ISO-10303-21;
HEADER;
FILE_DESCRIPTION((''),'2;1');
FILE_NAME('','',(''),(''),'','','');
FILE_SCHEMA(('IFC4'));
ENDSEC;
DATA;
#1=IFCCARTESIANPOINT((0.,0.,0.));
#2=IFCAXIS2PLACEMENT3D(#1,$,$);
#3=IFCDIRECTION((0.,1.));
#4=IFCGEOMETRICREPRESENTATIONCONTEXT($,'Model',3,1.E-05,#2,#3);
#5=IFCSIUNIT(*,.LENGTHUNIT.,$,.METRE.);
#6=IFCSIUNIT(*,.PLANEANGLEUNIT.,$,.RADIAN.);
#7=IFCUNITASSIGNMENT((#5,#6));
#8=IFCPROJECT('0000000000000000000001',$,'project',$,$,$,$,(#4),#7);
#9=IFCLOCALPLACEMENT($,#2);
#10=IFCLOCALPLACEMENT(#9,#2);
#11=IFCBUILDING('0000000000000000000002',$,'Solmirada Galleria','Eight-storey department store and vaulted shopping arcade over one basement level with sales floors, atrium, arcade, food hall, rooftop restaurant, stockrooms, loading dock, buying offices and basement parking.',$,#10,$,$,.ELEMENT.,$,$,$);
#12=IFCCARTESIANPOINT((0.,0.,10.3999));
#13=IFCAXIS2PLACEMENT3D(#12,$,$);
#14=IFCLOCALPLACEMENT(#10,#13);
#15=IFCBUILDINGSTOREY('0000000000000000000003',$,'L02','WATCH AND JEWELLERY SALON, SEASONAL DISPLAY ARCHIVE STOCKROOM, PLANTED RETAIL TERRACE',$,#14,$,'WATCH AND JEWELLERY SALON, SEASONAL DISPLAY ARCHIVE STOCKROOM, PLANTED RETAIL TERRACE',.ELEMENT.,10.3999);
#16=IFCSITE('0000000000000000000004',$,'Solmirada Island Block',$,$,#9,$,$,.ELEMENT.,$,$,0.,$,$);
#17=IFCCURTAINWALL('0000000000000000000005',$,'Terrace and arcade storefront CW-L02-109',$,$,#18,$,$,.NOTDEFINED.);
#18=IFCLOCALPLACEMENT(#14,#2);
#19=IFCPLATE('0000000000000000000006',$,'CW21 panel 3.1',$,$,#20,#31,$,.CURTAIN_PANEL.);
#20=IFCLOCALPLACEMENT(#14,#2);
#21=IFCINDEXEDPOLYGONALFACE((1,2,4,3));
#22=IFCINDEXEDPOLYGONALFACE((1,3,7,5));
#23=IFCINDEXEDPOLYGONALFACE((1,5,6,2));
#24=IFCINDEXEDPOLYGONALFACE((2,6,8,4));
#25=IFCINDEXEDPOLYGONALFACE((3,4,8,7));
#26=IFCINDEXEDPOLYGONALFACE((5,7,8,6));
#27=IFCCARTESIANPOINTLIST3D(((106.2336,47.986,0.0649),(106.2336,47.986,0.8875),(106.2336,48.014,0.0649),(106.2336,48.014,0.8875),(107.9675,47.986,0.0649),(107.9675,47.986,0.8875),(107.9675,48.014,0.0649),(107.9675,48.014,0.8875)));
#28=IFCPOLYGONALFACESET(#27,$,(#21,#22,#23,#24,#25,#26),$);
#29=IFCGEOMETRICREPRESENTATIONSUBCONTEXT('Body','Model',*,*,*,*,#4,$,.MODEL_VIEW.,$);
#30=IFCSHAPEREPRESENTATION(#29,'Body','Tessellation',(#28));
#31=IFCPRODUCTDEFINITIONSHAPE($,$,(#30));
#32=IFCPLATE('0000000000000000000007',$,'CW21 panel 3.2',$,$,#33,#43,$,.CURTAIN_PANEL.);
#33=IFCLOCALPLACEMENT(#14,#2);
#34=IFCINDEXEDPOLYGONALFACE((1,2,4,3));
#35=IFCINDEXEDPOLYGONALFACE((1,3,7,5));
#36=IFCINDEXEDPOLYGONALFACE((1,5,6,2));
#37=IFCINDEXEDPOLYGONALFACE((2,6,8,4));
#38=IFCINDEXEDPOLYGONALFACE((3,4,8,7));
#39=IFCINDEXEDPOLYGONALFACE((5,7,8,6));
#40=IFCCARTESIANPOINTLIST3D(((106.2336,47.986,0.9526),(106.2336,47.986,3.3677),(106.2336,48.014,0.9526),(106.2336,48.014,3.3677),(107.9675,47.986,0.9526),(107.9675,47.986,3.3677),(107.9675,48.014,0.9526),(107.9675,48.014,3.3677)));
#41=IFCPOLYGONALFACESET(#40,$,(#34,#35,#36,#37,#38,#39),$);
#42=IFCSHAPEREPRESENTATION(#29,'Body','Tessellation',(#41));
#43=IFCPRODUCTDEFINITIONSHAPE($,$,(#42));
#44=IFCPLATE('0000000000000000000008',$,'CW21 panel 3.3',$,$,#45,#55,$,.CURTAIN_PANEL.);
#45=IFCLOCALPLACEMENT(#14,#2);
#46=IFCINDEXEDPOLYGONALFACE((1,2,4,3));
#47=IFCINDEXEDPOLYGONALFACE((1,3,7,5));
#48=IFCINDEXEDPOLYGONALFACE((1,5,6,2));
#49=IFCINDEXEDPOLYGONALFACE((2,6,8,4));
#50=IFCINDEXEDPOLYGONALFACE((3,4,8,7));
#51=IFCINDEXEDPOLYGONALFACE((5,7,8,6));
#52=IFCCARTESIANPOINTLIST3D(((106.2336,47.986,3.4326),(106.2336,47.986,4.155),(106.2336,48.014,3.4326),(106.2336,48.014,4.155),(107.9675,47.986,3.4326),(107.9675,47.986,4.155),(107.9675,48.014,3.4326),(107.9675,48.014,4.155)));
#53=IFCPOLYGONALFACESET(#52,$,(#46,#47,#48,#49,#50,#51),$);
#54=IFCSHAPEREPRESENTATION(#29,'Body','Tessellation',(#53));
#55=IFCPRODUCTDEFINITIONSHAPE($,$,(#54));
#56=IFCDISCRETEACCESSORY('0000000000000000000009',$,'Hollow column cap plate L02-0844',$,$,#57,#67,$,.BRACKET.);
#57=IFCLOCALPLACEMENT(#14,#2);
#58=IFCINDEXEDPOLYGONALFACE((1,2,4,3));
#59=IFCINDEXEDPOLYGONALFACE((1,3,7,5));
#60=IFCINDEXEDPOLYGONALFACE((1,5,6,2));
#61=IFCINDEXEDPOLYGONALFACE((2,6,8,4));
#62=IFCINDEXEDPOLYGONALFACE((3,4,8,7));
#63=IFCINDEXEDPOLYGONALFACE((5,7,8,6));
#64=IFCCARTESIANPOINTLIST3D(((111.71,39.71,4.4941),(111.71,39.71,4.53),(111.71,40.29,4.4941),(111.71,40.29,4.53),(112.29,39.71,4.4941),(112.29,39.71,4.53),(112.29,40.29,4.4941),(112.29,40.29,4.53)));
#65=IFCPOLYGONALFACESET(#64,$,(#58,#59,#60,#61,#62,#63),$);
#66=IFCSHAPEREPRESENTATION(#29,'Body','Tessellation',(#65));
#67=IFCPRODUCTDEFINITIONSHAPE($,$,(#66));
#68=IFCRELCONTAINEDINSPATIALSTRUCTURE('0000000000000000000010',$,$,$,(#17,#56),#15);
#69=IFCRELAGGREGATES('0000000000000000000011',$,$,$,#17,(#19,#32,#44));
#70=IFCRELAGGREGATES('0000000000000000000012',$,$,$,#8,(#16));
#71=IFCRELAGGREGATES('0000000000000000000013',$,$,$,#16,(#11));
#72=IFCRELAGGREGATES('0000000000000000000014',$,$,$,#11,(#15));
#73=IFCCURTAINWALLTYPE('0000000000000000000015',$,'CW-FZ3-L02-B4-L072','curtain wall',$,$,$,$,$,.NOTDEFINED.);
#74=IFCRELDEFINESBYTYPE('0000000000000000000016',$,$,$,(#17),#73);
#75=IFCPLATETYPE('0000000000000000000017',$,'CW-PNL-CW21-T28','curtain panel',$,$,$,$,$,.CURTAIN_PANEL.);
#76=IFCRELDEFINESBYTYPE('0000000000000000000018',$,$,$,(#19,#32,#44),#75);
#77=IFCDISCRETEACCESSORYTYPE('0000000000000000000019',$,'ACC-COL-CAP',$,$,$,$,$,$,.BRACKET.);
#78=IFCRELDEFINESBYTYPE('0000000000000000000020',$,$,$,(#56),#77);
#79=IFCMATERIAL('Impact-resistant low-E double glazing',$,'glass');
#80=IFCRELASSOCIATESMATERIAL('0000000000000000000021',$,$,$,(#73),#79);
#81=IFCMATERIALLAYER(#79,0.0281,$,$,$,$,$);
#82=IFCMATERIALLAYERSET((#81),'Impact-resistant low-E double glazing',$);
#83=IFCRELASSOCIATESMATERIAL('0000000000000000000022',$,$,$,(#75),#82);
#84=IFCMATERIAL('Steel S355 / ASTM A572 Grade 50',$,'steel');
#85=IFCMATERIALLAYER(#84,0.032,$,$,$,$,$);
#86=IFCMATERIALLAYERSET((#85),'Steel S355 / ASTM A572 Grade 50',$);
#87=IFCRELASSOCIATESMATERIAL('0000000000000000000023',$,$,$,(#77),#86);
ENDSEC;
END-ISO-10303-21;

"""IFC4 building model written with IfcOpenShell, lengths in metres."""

from ifc_helpers import new_model, si_unit, direction, frame, origin, origin_2d, place, context, subcontext, project, spatial, rectangle, extrude, material, layer, layer_set, type_object, element, aggregate, save


model = new_model("IFC4")

# Units and contexts
model_context = context("Model", 3, precision=1e-05, world=origin(), true_north=direction((0.0, 1.0)))
body_context = subcontext(model_context, "Body", "Model", "MODEL_VIEW")
ifc_project = project(units=[si_unit("LENGTHUNIT", "METRE"), si_unit("PLANEANGLEUNIT", "RADIAN")], contexts=[model_context])

# Site, building, storey
site_placement = place(None, origin())
site = spatial("IfcSite", under=ifc_project, at=site_placement, Name="Solmirada Island Block", CompositionType="ELEMENT", RefElevation=0.0)
building_placement = place(site_placement, origin())
building = spatial("IfcBuilding", under=site, at=building_placement, Name="Solmirada Galleria", Description="Eight-storey department store and vaulted shopping arcade over one basement level with sales floors, atrium, arcade, food hall, rooftop restaurant, stockrooms, loading dock, buying offices and basement parking.", CompositionType="ELEMENT")
storey_placement = place(building_placement, frame((0.0, 0.0, 10.3999)))
storey = spatial("IfcBuildingStorey", under=building, at=storey_placement, Name="L02", Description="WATCH AND JEWELLERY SALON, SEASONAL DISPLAY ARCHIVE STOCKROOM, PLANTED RETAIL TERRACE", LongName="WATCH AND JEWELLERY SALON, SEASONAL DISPLAY ARCHIVE STOCKROOM, PLANTED RETAIL TERRACE", CompositionType="ELEMENT", Elevation=10.3999)

# Curtain wall
ifc_material_1 = material(Name="Impact-resistant low-E double glazing", Category="glass")
curtain_wall_type = type_object("IfcCurtainWallType", Name="CW-FZ3-L02-B4-L072", Description="curtain wall", PredefinedType="NOTDEFINED", material=ifc_material_1)
curtain_wall_1_placement = place(storey_placement, origin())
curtain_wall_1 = element("IfcCurtainWall", 1, at=curtain_wall_1_placement, inside=storey, type_object=curtain_wall_type, Name="Terrace and arcade storefront CW-L02-109", PredefinedType="NOTDEFINED")

# Plates
ifc_layer_1 = layer(ifc_material_1, 0.0281)
ifc_layer_set_1 = layer_set([ifc_layer_1], Name="Impact-resistant low-E double glazing")
plate_type = type_object("IfcPlateType", Name="CW-PNL-CW21-T28", Description="curtain panel", PredefinedType="CURTAIN_PANEL", material=ifc_layer_set_1)
plate_1_placement = place(storey_placement, frame((107.1006, 48.0, 0.0649), z_axis=(0.0, 0.0, 1.0), x_axis=(-1.0, 0.0, 0.0)))
plate_1 = element("IfcPlate", 2, at=plate_1_placement, type_object=plate_type, Name="CW21 panel 3.1", PredefinedType="CURTAIN_PANEL", context=body_context, shape_type="SweptSolid", body=[
    extrude(rectangle(XDim=1.7339, YDim=0.0281, at=origin_2d()), origin(), (0.0, 0.0, 1.0), 0.8225),
])
plate_2_placement = place(storey_placement, frame((107.1006, 48.0, 0.9526), z_axis=(0.0, 0.0, 1.0), x_axis=(-1.0, 0.0, 0.0)))
plate_2 = element("IfcPlate", 3, at=plate_2_placement, type_object=plate_type, Name="CW21 panel 3.2", PredefinedType="CURTAIN_PANEL", context=body_context, shape_type="SweptSolid", body=[
    extrude(rectangle(XDim=1.7339, YDim=0.0281, at=origin_2d()), origin(), (0.0, 0.0, 1.0), 2.415),
])
plate_3_placement = place(storey_placement, frame((107.1006, 48.0, 3.4326), z_axis=(0.0, 0.0, 1.0), x_axis=(-1.0, 0.0, 0.0)))
plate_3 = element("IfcPlate", 4, at=plate_3_placement, type_object=plate_type, Name="CW21 panel 3.3", PredefinedType="CURTAIN_PANEL", context=body_context, shape_type="SweptSolid", body=[
    extrude(rectangle(XDim=1.7339, YDim=0.0281, at=origin_2d()), origin(), (0.0, 0.0, 1.0), 0.7224),
])
aggregate(curtain_wall_1, [plate_1, plate_2, plate_3])

# Discrete accessory
ifc_material_2 = material(Name="Steel S355 / ASTM A572 Grade 50", Category="steel")
ifc_layer_2 = layer(ifc_material_2, 0.032)
ifc_layer_set_2 = layer_set([ifc_layer_2], Name="Steel S355 / ASTM A572 Grade 50")
discrete_accessory_type = type_object("IfcDiscreteAccessoryType", Name="ACC-COL-CAP", PredefinedType="BRACKET", material=ifc_layer_set_2)
discrete_accessory_placement = place(storey_placement, frame((112.0, 40.0, 4.4941), z_axis=(0.0, 0.0, 1.0), x_axis=(1.0, 0.0, 0.0)))
element("IfcDiscreteAccessory", 5, at=discrete_accessory_placement, inside=storey, type_object=discrete_accessory_type, Name="Hollow column cap plate L02-0844", PredefinedType="BRACKET", context=body_context, shape_type="SweptSolid", body=[
    extrude(rectangle(XDim=0.5801, YDim=0.5801, at=origin_2d()), origin(), (0.0, 0.0, 1.0), 0.0359),
])

save(model, "model.ifc")
